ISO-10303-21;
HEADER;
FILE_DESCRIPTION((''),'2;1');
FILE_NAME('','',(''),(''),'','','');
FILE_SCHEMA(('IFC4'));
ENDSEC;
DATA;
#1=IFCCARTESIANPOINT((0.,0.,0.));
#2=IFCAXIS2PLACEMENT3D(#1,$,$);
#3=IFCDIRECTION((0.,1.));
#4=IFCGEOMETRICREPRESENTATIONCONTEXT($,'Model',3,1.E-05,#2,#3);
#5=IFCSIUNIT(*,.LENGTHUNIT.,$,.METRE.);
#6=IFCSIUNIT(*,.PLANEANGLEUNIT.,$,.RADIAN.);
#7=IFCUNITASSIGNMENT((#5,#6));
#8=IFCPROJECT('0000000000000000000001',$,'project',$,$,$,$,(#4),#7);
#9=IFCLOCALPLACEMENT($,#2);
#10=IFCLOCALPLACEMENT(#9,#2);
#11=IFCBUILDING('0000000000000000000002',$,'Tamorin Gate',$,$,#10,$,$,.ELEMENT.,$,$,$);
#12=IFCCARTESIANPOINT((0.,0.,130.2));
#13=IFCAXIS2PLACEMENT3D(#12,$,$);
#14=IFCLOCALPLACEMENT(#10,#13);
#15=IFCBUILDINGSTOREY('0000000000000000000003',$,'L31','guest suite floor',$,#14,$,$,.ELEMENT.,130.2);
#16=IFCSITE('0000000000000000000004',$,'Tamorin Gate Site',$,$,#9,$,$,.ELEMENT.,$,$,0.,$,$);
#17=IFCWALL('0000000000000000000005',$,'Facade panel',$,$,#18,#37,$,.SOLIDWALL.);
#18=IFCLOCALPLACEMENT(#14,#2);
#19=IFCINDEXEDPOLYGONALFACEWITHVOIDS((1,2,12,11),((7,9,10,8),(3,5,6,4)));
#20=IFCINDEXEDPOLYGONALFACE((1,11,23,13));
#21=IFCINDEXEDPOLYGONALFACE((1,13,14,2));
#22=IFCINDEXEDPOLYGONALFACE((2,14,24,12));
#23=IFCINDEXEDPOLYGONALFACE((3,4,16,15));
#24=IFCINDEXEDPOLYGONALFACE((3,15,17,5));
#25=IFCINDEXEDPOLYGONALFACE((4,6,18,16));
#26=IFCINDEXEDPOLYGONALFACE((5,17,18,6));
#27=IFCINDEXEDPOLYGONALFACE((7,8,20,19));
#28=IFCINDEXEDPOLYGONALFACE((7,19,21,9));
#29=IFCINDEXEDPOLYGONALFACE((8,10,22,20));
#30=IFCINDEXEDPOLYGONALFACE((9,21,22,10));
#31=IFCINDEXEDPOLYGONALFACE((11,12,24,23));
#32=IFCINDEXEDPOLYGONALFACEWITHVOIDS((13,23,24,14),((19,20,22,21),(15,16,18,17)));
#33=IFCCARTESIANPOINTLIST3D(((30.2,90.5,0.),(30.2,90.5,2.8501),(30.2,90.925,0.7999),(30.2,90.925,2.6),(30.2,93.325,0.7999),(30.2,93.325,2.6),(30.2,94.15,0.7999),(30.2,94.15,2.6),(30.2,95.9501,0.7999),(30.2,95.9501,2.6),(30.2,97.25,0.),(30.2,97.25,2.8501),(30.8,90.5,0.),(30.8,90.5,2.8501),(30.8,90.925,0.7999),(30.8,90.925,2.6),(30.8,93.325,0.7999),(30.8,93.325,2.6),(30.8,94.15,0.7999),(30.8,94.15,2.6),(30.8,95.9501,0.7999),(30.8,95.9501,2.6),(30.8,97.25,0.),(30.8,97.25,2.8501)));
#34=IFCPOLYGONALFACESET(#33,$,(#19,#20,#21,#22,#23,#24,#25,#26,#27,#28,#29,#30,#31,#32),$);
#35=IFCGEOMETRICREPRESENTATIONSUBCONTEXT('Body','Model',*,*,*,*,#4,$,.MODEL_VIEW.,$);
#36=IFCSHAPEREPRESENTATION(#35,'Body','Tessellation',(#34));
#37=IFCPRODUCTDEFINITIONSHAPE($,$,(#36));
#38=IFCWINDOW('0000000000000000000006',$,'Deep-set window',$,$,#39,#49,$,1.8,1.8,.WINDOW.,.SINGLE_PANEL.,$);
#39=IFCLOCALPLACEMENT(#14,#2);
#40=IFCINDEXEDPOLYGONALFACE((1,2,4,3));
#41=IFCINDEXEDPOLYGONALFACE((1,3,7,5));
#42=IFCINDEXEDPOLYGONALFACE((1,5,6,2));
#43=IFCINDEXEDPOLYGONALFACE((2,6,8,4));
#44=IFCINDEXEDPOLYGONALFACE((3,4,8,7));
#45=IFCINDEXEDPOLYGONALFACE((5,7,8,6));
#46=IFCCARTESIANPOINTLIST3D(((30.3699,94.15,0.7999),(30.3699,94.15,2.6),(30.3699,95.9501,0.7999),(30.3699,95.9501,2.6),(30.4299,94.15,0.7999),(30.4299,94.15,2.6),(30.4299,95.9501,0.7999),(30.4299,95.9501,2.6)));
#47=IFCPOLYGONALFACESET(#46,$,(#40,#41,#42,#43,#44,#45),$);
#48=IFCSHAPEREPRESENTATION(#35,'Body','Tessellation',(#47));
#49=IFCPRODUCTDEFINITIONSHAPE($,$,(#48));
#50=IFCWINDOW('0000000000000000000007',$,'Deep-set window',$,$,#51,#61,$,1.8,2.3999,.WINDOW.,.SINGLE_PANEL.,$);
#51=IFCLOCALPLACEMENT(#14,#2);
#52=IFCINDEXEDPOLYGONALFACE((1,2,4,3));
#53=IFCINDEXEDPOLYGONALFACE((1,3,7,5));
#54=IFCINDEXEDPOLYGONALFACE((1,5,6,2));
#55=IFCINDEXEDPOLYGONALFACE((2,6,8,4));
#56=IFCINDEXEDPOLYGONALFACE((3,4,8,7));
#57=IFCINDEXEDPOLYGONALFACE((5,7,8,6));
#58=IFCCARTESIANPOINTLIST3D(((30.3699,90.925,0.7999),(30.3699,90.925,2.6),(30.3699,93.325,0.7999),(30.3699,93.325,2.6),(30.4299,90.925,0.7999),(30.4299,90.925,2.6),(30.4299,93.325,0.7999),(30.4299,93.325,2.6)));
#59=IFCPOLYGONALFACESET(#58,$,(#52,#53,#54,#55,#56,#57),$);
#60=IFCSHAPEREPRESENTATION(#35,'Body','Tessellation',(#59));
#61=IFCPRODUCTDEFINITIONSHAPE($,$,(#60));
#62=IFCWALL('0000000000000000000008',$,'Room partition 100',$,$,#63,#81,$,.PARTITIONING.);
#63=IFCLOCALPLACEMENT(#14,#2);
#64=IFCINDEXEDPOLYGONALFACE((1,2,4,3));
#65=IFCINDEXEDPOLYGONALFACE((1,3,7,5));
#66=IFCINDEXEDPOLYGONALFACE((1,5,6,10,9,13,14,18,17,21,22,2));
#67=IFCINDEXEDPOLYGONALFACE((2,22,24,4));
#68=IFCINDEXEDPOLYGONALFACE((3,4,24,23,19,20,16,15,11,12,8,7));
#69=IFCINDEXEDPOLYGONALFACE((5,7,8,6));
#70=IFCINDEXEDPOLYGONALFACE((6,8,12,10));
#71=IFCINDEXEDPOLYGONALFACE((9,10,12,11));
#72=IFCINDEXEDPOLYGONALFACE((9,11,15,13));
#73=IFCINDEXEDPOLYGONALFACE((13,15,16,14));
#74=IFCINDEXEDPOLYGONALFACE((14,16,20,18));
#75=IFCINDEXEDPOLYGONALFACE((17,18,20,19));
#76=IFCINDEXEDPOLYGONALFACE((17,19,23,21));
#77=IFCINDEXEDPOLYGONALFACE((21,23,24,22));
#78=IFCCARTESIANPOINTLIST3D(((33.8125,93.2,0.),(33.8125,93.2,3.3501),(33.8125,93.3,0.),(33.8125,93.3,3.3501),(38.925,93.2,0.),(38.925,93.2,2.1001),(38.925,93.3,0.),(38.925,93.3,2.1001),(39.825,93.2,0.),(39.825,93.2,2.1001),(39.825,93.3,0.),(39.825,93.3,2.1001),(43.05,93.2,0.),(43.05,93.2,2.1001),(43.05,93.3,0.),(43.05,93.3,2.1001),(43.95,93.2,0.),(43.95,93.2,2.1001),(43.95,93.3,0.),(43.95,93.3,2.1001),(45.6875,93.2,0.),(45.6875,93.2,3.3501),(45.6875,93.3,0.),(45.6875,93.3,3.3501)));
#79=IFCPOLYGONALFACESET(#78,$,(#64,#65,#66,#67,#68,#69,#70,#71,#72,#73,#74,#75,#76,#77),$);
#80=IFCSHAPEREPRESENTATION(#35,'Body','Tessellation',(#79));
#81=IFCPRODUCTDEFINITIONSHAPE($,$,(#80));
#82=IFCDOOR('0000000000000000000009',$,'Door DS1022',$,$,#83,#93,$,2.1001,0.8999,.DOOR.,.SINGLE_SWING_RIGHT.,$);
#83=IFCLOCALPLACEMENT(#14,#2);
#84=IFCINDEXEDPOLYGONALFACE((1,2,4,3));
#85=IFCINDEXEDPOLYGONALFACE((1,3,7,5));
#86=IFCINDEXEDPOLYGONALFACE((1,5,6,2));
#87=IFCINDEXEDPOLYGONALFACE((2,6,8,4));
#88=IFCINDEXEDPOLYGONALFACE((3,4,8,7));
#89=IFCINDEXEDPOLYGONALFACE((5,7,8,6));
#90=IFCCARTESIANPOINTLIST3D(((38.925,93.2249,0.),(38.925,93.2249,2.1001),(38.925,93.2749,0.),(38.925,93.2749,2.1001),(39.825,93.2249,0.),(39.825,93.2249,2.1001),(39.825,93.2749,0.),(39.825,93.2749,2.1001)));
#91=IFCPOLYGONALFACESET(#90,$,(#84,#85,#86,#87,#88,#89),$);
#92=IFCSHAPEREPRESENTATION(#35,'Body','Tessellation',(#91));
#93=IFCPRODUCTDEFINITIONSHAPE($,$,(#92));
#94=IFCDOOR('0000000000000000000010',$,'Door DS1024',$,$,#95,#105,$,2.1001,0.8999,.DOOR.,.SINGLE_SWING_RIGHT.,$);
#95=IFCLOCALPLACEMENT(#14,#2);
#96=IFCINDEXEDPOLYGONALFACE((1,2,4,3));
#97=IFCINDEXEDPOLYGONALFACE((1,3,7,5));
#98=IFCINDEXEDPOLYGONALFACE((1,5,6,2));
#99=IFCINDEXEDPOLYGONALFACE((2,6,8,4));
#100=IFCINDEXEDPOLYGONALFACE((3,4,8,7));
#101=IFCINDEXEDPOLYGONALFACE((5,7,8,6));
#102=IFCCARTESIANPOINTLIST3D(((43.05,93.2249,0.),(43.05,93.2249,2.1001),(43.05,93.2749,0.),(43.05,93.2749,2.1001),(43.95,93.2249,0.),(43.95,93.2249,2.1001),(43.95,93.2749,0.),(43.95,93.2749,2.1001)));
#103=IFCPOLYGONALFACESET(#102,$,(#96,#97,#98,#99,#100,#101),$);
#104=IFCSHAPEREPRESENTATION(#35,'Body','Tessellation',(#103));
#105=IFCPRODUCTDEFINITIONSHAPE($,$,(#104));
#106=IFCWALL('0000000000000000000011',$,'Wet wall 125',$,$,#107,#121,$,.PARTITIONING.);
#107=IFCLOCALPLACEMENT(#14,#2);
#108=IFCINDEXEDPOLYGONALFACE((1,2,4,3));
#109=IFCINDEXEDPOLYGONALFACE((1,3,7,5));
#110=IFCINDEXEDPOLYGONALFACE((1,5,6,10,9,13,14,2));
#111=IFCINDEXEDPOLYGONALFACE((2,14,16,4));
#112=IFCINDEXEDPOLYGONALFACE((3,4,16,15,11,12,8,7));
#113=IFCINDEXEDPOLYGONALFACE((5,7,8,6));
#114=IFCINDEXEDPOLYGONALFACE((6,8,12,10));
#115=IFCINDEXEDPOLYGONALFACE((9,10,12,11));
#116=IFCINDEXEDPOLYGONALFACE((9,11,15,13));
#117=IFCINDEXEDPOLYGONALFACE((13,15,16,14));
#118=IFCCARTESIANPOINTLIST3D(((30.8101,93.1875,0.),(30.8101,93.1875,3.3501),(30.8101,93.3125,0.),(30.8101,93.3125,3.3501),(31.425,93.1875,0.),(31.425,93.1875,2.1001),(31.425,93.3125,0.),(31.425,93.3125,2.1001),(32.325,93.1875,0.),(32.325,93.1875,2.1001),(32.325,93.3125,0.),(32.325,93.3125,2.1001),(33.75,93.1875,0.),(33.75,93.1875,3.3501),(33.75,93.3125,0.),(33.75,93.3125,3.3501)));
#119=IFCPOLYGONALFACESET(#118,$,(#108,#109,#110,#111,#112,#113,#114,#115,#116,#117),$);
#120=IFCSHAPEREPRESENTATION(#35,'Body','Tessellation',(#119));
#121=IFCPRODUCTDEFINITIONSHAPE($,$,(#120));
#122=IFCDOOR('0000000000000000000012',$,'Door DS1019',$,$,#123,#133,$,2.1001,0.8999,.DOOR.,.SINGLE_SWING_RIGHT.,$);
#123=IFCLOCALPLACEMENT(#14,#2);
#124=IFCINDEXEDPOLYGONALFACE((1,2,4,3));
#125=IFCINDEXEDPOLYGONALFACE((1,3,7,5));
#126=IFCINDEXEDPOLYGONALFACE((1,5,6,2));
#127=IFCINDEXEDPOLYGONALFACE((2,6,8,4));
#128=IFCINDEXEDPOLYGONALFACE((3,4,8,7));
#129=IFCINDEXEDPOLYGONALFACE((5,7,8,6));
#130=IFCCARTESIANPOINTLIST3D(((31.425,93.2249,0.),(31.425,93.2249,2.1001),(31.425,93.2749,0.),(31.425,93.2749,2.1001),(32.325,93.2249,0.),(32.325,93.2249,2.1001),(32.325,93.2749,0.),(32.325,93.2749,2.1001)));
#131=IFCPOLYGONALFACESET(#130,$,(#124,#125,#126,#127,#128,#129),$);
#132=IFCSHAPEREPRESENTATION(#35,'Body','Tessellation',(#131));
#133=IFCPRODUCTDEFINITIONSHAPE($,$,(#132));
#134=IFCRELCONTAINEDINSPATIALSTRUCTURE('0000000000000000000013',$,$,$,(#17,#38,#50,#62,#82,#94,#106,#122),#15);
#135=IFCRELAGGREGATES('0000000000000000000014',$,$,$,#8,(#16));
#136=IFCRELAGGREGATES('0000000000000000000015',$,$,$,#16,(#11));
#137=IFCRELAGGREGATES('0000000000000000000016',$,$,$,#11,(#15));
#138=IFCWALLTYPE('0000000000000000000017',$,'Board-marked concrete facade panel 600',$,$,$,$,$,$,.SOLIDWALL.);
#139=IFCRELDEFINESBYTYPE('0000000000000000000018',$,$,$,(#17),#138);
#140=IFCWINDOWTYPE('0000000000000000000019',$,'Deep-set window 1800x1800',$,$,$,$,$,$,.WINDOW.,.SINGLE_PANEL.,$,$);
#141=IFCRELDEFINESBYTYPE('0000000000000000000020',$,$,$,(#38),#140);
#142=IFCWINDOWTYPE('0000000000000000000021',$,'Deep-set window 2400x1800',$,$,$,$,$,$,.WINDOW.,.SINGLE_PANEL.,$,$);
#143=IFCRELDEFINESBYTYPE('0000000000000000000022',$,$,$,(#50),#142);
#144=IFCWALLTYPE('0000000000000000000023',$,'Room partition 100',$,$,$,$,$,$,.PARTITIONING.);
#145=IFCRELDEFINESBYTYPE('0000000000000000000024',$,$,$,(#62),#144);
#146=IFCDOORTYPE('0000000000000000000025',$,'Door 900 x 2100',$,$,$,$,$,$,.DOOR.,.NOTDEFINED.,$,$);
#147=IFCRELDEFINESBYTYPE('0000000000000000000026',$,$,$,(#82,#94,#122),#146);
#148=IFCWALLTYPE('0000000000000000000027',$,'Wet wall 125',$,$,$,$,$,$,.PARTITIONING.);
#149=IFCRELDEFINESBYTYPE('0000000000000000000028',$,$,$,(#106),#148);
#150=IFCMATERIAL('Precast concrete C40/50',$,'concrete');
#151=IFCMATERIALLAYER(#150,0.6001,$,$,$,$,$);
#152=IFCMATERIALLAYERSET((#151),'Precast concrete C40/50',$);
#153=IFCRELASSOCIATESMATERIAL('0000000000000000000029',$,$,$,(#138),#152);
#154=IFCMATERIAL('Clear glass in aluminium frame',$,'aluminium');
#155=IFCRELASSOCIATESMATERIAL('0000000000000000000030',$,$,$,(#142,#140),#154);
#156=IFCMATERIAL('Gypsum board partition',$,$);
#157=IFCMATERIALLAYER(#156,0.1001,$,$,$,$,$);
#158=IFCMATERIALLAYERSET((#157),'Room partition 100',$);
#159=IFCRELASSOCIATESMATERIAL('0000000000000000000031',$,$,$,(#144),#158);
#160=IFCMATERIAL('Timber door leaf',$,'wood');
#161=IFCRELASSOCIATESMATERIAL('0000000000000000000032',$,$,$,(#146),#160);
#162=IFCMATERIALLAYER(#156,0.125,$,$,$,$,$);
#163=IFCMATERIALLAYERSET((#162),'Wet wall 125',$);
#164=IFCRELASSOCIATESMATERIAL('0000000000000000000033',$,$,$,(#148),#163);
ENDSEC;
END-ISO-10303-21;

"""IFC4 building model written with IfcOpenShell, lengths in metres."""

from ifc_helpers import new_model, si_unit, direction, frame, frame_2d, origin, place, context, subcontext, project, spatial, rectangle, extrude, material, layer, layer_set, type_object, element, fill, save


model = new_model("IFC4")

# Units and contexts
model_context = context("Model", 3, precision=1e-05, world=origin(), true_north=direction((0.0, 1.0)))
body_context = subcontext(model_context, "Body", "Model", "MODEL_VIEW")
ifc_project = project(units=[si_unit("LENGTHUNIT", "METRE"), si_unit("PLANEANGLEUNIT", "RADIAN")], contexts=[model_context])

# Site, building, storey
site_placement = place(None, origin())
site = spatial("IfcSite", under=ifc_project, at=site_placement, Name="Tamorin Gate Site", CompositionType="ELEMENT", RefElevation=0.0)
building_placement = place(site_placement, origin())
building = spatial("IfcBuilding", under=site, at=building_placement, Name="Tamorin Gate", CompositionType="ELEMENT")
storey_placement = place(building_placement, frame((0.0, 0.0, 130.2)))
storey = spatial("IfcBuildingStorey", under=building, at=storey_placement, Name="L31", Description="guest suite floor", CompositionType="ELEMENT", Elevation=130.2)

# Shared definitions
ifc_material_1 = material(Name="Precast concrete C40/50", Category="concrete")
ifc_layer_1 = layer(ifc_material_1, 0.6001)
ifc_layer_set_1 = layer_set([ifc_layer_1], Name="Precast concrete C40/50")
wall_type_1 = type_object("IfcWallType", Name="Board-marked concrete facade panel 600", PredefinedType="SOLIDWALL", material=ifc_layer_set_1)

# Shared definitions
ifc_material_2 = material(Name="Clear glass in aluminium frame", Category="aluminium")
window_type_1 = type_object("IfcWindowType", Name="Deep-set window 2400x1800", PartitioningType="SINGLE_PANEL", PredefinedType="WINDOW", material=ifc_material_2)

# Wall, openings, windows
wall_1_placement = place(storey_placement, frame((30.5, 97.25, 0.0), z_axis=(0.0, 0.0, 1.0), x_axis=(0.0, -1.0, 0.0)))
wall_1 = element("IfcWall", 1, at=wall_1_placement, inside=storey, type_object=wall_type_1, Name="Facade panel", PredefinedType="SOLIDWALL", context=body_context, shape_type="SweptSolid", body=[
    extrude(rectangle(XDim=6.75, YDim=0.6001, at=frame_2d((3.375, 0.0))), origin(), (0.0, 0.0, 1.0), 2.8501),
])
opening_1_placement = place(wall_1_placement, frame((3.925, 0.0, 0.8)))
opening_1 = element("IfcOpeningElement", 2, at=opening_1_placement, cuts=wall_1, PredefinedType="OPENING", context=body_context, shape_type="SweptSolid", body=[
    extrude(rectangle(XDim=2.3999, YDim=1.8, at=frame_2d((1.2, 0.8999))), frame((0.0, 0.3101, 0.0), z_axis=(0.0, -1.0, 0.0), x_axis=(1.0, 0.0, 0.0)), (0.0, 0.0, 1.0), 0.6201),
])
opening_2_placement = place(wall_1_placement, frame((1.3, 0.0, 0.8)))
opening_2 = element("IfcOpeningElement", 3, at=opening_2_placement, cuts=wall_1, PredefinedType="OPENING", context=body_context, shape_type="SweptSolid", body=[
    extrude(rectangle(XDim=1.8, YDim=1.8, at=frame_2d((0.8999, 0.8999))), frame((0.0, 0.3101, 0.0), z_axis=(0.0, -1.0, 0.0), x_axis=(1.0, 0.0, 0.0)), (0.0, 0.0, 1.0), 0.6201),
])
window_type_2 = type_object("IfcWindowType", Name="Deep-set window 1800x1800", PartitioningType="SINGLE_PANEL", PredefinedType="WINDOW", material=ifc_material_2)
window_1_placement = place(opening_2_placement, origin())
window_1 = element("IfcWindow", 4, at=window_1_placement, inside=storey, type_object=window_type_2, Name="Deep-set window", OverallHeight=1.8, OverallWidth=1.8, PartitioningType="SINGLE_PANEL", PredefinedType="WINDOW", context=body_context, shape_type="SweptSolid", body=[
    extrude(rectangle(XDim=1.8, YDim=1.8, at=frame_2d((0.8999, 0.8999))), frame((0.0, -0.0701, 0.0), z_axis=(0.0, -1.0, 0.0), x_axis=(1.0, 0.0, 0.0)), (0.0, 0.0, 1.0), 0.0601),
])
fill(opening_2, window_1)
window_2_placement = place(opening_1_placement, origin())
window_2 = element("IfcWindow", 5, at=window_2_placement, inside=storey, type_object=window_type_1, Name="Deep-set window", OverallHeight=1.8, OverallWidth=2.3999, PartitioningType="SINGLE_PANEL", PredefinedType="WINDOW", context=body_context, shape_type="SweptSolid", body=[
    extrude(rectangle(XDim=2.3999, YDim=1.8, at=frame_2d((1.2, 0.8999))), frame((0.0, -0.0701, 0.0), z_axis=(0.0, -1.0, 0.0), x_axis=(1.0, 0.0, 0.0)), (0.0, 0.0, 1.0), 0.0601),
])
fill(opening_1, window_2)

# Wall, openings, doors
ifc_material_3 = material(Name="Gypsum board partition")
ifc_layer_2 = layer(ifc_material_3, 0.1001)
ifc_layer_set_2 = layer_set([ifc_layer_2], Name="Room partition 100")
wall_type_2 = type_object("IfcWallType", Name="Room partition 100", PredefinedType="PARTITIONING", material=ifc_layer_set_2)
wall_2_placement = place(storey_placement, frame((33.8125, 93.25, 0.0), z_axis=(0.0, 0.0, 1.0), x_axis=(1.0, 0.0, 0.0)))
wall_2 = element("IfcWall", 6, at=wall_2_placement, inside=storey, type_object=wall_type_2, Name="Room partition 100", PredefinedType="PARTITIONING", context=body_context, shape_type="SweptSolid", body=[
    extrude(rectangle(XDim=11.875, YDim=0.1001, at=frame_2d((5.9375, 0.0))), origin(), (0.0, 0.0, 1.0), 3.3501),
])
opening_3_placement = place(wall_2_placement, frame((5.1125, 0.0, 0.0)))
opening_3 = element("IfcOpeningElement", 7, at=opening_3_placement, cuts=wall_2, PredefinedType="OPENING", context=body_context, shape_type="SweptSolid", body=[
    extrude(rectangle(XDim=0.8999, YDim=2.1001, at=frame_2d((0.45, 1.05))), frame((0.0, 0.0601, 0.0), z_axis=(0.0, -1.0, 0.0), x_axis=(1.0, 0.0, 0.0)), (0.0, 0.0, 1.0), 0.1201),
])
opening_4_placement = place(wall_2_placement, frame((9.2375, 0.0, 0.0)))
opening_4 = element("IfcOpeningElement", 8, at=opening_4_placement, cuts=wall_2, PredefinedType="OPENING", context=body_context, shape_type="SweptSolid", body=[
    extrude(rectangle(XDim=0.8999, YDim=2.1001, at=frame_2d((0.45, 1.05))), frame((0.0, 0.0601, 0.0), z_axis=(0.0, -1.0, 0.0), x_axis=(1.0, 0.0, 0.0)), (0.0, 0.0, 1.0), 0.1201),
])
ifc_material_4 = material(Name="Timber door leaf", Category="wood")
door_type = type_object("IfcDoorType", Name="Door 900 x 2100", OperationType="NOTDEFINED", PredefinedType="DOOR", material=ifc_material_4)
door_1_placement = place(opening_3_placement, origin())
door_1 = element("IfcDoor", 9, at=door_1_placement, inside=storey, type_object=door_type, Name="Door DS1022", OperationType="SINGLE_SWING_RIGHT", OverallHeight=2.1001, OverallWidth=0.8999, PredefinedType="DOOR", context=body_context, shape_type="SweptSolid", body=[
    extrude(rectangle(XDim=0.8999, YDim=2.1001, at=frame_2d((0.45, 1.05))), frame((0.0, 0.0249, 0.0), z_axis=(0.0, -1.0, 0.0), x_axis=(1.0, 0.0, 0.0)), (0.0, 0.0, 1.0), 0.05),
])
fill(opening_3, door_1)
door_2_placement = place(opening_4_placement, origin())
door_2 = element("IfcDoor", 10, at=door_2_placement, inside=storey, type_object=door_type, Name="Door DS1024", OperationType="SINGLE_SWING_RIGHT", OverallHeight=2.1001, OverallWidth=0.8999, PredefinedType="DOOR", context=body_context, shape_type="SweptSolid", body=[
    extrude(rectangle(XDim=0.8999, YDim=2.1001, at=frame_2d((0.45, 1.05))), frame((0.0, 0.0249, 0.0), z_axis=(0.0, -1.0, 0.0), x_axis=(1.0, 0.0, 0.0)), (0.0, 0.0, 1.0), 0.05),
])
fill(opening_4, door_2)

# Wall, opening, door
ifc_layer_3 = layer(ifc_material_3, 0.125)
ifc_layer_set_3 = layer_set([ifc_layer_3], Name="Wet wall 125")
wall_type_3 = type_object("IfcWallType", Name="Wet wall 125", PredefinedType="PARTITIONING", material=ifc_layer_set_3)
wall_3_placement = place(storey_placement, frame((30.8101, 93.25, 0.0), z_axis=(0.0, 0.0, 1.0), x_axis=(1.0, 0.0, 0.0)))
wall_3 = element("IfcWall", 11, at=wall_3_placement, inside=storey, type_object=wall_type_3, Name="Wet wall 125", PredefinedType="PARTITIONING", context=body_context, shape_type="SweptSolid", body=[
    extrude(rectangle(XDim=2.9399, YDim=0.125, at=frame_2d((1.47, 0.0))), origin(), (0.0, 0.0, 1.0), 3.3501),
])
opening_5_placement = place(wall_3_placement, frame((0.615, 0.0, 0.0)))
opening_5 = element("IfcOpeningElement", 12, at=opening_5_placement, cuts=wall_3, PredefinedType="OPENING", context=body_context, shape_type="SweptSolid", body=[
    extrude(rectangle(XDim=0.8999, YDim=2.1001, at=frame_2d((0.45, 1.05))), frame((0.0, 0.0725, 0.0), z_axis=(0.0, -1.0, 0.0), x_axis=(1.0, 0.0, 0.0)), (0.0, 0.0, 1.0), 0.145),
])
door_3_placement = place(opening_5_placement, origin())
door_3 = element("IfcDoor", 13, at=door_3_placement, inside=storey, type_object=door_type, Name="Door DS1019", OperationType="SINGLE_SWING_RIGHT", OverallHeight=2.1001, OverallWidth=0.8999, PredefinedType="DOOR", context=body_context, shape_type="SweptSolid", body=[
    extrude(rectangle(XDim=0.8999, YDim=2.1001, at=frame_2d((0.45, 1.05))), frame((0.0, 0.0249, 0.0), z_axis=(0.0, -1.0, 0.0), x_axis=(1.0, 0.0, 0.0)), (0.0, 0.0, 1.0), 0.05),
])
fill(opening_5, door_3)

save(model, "model.ifc")
